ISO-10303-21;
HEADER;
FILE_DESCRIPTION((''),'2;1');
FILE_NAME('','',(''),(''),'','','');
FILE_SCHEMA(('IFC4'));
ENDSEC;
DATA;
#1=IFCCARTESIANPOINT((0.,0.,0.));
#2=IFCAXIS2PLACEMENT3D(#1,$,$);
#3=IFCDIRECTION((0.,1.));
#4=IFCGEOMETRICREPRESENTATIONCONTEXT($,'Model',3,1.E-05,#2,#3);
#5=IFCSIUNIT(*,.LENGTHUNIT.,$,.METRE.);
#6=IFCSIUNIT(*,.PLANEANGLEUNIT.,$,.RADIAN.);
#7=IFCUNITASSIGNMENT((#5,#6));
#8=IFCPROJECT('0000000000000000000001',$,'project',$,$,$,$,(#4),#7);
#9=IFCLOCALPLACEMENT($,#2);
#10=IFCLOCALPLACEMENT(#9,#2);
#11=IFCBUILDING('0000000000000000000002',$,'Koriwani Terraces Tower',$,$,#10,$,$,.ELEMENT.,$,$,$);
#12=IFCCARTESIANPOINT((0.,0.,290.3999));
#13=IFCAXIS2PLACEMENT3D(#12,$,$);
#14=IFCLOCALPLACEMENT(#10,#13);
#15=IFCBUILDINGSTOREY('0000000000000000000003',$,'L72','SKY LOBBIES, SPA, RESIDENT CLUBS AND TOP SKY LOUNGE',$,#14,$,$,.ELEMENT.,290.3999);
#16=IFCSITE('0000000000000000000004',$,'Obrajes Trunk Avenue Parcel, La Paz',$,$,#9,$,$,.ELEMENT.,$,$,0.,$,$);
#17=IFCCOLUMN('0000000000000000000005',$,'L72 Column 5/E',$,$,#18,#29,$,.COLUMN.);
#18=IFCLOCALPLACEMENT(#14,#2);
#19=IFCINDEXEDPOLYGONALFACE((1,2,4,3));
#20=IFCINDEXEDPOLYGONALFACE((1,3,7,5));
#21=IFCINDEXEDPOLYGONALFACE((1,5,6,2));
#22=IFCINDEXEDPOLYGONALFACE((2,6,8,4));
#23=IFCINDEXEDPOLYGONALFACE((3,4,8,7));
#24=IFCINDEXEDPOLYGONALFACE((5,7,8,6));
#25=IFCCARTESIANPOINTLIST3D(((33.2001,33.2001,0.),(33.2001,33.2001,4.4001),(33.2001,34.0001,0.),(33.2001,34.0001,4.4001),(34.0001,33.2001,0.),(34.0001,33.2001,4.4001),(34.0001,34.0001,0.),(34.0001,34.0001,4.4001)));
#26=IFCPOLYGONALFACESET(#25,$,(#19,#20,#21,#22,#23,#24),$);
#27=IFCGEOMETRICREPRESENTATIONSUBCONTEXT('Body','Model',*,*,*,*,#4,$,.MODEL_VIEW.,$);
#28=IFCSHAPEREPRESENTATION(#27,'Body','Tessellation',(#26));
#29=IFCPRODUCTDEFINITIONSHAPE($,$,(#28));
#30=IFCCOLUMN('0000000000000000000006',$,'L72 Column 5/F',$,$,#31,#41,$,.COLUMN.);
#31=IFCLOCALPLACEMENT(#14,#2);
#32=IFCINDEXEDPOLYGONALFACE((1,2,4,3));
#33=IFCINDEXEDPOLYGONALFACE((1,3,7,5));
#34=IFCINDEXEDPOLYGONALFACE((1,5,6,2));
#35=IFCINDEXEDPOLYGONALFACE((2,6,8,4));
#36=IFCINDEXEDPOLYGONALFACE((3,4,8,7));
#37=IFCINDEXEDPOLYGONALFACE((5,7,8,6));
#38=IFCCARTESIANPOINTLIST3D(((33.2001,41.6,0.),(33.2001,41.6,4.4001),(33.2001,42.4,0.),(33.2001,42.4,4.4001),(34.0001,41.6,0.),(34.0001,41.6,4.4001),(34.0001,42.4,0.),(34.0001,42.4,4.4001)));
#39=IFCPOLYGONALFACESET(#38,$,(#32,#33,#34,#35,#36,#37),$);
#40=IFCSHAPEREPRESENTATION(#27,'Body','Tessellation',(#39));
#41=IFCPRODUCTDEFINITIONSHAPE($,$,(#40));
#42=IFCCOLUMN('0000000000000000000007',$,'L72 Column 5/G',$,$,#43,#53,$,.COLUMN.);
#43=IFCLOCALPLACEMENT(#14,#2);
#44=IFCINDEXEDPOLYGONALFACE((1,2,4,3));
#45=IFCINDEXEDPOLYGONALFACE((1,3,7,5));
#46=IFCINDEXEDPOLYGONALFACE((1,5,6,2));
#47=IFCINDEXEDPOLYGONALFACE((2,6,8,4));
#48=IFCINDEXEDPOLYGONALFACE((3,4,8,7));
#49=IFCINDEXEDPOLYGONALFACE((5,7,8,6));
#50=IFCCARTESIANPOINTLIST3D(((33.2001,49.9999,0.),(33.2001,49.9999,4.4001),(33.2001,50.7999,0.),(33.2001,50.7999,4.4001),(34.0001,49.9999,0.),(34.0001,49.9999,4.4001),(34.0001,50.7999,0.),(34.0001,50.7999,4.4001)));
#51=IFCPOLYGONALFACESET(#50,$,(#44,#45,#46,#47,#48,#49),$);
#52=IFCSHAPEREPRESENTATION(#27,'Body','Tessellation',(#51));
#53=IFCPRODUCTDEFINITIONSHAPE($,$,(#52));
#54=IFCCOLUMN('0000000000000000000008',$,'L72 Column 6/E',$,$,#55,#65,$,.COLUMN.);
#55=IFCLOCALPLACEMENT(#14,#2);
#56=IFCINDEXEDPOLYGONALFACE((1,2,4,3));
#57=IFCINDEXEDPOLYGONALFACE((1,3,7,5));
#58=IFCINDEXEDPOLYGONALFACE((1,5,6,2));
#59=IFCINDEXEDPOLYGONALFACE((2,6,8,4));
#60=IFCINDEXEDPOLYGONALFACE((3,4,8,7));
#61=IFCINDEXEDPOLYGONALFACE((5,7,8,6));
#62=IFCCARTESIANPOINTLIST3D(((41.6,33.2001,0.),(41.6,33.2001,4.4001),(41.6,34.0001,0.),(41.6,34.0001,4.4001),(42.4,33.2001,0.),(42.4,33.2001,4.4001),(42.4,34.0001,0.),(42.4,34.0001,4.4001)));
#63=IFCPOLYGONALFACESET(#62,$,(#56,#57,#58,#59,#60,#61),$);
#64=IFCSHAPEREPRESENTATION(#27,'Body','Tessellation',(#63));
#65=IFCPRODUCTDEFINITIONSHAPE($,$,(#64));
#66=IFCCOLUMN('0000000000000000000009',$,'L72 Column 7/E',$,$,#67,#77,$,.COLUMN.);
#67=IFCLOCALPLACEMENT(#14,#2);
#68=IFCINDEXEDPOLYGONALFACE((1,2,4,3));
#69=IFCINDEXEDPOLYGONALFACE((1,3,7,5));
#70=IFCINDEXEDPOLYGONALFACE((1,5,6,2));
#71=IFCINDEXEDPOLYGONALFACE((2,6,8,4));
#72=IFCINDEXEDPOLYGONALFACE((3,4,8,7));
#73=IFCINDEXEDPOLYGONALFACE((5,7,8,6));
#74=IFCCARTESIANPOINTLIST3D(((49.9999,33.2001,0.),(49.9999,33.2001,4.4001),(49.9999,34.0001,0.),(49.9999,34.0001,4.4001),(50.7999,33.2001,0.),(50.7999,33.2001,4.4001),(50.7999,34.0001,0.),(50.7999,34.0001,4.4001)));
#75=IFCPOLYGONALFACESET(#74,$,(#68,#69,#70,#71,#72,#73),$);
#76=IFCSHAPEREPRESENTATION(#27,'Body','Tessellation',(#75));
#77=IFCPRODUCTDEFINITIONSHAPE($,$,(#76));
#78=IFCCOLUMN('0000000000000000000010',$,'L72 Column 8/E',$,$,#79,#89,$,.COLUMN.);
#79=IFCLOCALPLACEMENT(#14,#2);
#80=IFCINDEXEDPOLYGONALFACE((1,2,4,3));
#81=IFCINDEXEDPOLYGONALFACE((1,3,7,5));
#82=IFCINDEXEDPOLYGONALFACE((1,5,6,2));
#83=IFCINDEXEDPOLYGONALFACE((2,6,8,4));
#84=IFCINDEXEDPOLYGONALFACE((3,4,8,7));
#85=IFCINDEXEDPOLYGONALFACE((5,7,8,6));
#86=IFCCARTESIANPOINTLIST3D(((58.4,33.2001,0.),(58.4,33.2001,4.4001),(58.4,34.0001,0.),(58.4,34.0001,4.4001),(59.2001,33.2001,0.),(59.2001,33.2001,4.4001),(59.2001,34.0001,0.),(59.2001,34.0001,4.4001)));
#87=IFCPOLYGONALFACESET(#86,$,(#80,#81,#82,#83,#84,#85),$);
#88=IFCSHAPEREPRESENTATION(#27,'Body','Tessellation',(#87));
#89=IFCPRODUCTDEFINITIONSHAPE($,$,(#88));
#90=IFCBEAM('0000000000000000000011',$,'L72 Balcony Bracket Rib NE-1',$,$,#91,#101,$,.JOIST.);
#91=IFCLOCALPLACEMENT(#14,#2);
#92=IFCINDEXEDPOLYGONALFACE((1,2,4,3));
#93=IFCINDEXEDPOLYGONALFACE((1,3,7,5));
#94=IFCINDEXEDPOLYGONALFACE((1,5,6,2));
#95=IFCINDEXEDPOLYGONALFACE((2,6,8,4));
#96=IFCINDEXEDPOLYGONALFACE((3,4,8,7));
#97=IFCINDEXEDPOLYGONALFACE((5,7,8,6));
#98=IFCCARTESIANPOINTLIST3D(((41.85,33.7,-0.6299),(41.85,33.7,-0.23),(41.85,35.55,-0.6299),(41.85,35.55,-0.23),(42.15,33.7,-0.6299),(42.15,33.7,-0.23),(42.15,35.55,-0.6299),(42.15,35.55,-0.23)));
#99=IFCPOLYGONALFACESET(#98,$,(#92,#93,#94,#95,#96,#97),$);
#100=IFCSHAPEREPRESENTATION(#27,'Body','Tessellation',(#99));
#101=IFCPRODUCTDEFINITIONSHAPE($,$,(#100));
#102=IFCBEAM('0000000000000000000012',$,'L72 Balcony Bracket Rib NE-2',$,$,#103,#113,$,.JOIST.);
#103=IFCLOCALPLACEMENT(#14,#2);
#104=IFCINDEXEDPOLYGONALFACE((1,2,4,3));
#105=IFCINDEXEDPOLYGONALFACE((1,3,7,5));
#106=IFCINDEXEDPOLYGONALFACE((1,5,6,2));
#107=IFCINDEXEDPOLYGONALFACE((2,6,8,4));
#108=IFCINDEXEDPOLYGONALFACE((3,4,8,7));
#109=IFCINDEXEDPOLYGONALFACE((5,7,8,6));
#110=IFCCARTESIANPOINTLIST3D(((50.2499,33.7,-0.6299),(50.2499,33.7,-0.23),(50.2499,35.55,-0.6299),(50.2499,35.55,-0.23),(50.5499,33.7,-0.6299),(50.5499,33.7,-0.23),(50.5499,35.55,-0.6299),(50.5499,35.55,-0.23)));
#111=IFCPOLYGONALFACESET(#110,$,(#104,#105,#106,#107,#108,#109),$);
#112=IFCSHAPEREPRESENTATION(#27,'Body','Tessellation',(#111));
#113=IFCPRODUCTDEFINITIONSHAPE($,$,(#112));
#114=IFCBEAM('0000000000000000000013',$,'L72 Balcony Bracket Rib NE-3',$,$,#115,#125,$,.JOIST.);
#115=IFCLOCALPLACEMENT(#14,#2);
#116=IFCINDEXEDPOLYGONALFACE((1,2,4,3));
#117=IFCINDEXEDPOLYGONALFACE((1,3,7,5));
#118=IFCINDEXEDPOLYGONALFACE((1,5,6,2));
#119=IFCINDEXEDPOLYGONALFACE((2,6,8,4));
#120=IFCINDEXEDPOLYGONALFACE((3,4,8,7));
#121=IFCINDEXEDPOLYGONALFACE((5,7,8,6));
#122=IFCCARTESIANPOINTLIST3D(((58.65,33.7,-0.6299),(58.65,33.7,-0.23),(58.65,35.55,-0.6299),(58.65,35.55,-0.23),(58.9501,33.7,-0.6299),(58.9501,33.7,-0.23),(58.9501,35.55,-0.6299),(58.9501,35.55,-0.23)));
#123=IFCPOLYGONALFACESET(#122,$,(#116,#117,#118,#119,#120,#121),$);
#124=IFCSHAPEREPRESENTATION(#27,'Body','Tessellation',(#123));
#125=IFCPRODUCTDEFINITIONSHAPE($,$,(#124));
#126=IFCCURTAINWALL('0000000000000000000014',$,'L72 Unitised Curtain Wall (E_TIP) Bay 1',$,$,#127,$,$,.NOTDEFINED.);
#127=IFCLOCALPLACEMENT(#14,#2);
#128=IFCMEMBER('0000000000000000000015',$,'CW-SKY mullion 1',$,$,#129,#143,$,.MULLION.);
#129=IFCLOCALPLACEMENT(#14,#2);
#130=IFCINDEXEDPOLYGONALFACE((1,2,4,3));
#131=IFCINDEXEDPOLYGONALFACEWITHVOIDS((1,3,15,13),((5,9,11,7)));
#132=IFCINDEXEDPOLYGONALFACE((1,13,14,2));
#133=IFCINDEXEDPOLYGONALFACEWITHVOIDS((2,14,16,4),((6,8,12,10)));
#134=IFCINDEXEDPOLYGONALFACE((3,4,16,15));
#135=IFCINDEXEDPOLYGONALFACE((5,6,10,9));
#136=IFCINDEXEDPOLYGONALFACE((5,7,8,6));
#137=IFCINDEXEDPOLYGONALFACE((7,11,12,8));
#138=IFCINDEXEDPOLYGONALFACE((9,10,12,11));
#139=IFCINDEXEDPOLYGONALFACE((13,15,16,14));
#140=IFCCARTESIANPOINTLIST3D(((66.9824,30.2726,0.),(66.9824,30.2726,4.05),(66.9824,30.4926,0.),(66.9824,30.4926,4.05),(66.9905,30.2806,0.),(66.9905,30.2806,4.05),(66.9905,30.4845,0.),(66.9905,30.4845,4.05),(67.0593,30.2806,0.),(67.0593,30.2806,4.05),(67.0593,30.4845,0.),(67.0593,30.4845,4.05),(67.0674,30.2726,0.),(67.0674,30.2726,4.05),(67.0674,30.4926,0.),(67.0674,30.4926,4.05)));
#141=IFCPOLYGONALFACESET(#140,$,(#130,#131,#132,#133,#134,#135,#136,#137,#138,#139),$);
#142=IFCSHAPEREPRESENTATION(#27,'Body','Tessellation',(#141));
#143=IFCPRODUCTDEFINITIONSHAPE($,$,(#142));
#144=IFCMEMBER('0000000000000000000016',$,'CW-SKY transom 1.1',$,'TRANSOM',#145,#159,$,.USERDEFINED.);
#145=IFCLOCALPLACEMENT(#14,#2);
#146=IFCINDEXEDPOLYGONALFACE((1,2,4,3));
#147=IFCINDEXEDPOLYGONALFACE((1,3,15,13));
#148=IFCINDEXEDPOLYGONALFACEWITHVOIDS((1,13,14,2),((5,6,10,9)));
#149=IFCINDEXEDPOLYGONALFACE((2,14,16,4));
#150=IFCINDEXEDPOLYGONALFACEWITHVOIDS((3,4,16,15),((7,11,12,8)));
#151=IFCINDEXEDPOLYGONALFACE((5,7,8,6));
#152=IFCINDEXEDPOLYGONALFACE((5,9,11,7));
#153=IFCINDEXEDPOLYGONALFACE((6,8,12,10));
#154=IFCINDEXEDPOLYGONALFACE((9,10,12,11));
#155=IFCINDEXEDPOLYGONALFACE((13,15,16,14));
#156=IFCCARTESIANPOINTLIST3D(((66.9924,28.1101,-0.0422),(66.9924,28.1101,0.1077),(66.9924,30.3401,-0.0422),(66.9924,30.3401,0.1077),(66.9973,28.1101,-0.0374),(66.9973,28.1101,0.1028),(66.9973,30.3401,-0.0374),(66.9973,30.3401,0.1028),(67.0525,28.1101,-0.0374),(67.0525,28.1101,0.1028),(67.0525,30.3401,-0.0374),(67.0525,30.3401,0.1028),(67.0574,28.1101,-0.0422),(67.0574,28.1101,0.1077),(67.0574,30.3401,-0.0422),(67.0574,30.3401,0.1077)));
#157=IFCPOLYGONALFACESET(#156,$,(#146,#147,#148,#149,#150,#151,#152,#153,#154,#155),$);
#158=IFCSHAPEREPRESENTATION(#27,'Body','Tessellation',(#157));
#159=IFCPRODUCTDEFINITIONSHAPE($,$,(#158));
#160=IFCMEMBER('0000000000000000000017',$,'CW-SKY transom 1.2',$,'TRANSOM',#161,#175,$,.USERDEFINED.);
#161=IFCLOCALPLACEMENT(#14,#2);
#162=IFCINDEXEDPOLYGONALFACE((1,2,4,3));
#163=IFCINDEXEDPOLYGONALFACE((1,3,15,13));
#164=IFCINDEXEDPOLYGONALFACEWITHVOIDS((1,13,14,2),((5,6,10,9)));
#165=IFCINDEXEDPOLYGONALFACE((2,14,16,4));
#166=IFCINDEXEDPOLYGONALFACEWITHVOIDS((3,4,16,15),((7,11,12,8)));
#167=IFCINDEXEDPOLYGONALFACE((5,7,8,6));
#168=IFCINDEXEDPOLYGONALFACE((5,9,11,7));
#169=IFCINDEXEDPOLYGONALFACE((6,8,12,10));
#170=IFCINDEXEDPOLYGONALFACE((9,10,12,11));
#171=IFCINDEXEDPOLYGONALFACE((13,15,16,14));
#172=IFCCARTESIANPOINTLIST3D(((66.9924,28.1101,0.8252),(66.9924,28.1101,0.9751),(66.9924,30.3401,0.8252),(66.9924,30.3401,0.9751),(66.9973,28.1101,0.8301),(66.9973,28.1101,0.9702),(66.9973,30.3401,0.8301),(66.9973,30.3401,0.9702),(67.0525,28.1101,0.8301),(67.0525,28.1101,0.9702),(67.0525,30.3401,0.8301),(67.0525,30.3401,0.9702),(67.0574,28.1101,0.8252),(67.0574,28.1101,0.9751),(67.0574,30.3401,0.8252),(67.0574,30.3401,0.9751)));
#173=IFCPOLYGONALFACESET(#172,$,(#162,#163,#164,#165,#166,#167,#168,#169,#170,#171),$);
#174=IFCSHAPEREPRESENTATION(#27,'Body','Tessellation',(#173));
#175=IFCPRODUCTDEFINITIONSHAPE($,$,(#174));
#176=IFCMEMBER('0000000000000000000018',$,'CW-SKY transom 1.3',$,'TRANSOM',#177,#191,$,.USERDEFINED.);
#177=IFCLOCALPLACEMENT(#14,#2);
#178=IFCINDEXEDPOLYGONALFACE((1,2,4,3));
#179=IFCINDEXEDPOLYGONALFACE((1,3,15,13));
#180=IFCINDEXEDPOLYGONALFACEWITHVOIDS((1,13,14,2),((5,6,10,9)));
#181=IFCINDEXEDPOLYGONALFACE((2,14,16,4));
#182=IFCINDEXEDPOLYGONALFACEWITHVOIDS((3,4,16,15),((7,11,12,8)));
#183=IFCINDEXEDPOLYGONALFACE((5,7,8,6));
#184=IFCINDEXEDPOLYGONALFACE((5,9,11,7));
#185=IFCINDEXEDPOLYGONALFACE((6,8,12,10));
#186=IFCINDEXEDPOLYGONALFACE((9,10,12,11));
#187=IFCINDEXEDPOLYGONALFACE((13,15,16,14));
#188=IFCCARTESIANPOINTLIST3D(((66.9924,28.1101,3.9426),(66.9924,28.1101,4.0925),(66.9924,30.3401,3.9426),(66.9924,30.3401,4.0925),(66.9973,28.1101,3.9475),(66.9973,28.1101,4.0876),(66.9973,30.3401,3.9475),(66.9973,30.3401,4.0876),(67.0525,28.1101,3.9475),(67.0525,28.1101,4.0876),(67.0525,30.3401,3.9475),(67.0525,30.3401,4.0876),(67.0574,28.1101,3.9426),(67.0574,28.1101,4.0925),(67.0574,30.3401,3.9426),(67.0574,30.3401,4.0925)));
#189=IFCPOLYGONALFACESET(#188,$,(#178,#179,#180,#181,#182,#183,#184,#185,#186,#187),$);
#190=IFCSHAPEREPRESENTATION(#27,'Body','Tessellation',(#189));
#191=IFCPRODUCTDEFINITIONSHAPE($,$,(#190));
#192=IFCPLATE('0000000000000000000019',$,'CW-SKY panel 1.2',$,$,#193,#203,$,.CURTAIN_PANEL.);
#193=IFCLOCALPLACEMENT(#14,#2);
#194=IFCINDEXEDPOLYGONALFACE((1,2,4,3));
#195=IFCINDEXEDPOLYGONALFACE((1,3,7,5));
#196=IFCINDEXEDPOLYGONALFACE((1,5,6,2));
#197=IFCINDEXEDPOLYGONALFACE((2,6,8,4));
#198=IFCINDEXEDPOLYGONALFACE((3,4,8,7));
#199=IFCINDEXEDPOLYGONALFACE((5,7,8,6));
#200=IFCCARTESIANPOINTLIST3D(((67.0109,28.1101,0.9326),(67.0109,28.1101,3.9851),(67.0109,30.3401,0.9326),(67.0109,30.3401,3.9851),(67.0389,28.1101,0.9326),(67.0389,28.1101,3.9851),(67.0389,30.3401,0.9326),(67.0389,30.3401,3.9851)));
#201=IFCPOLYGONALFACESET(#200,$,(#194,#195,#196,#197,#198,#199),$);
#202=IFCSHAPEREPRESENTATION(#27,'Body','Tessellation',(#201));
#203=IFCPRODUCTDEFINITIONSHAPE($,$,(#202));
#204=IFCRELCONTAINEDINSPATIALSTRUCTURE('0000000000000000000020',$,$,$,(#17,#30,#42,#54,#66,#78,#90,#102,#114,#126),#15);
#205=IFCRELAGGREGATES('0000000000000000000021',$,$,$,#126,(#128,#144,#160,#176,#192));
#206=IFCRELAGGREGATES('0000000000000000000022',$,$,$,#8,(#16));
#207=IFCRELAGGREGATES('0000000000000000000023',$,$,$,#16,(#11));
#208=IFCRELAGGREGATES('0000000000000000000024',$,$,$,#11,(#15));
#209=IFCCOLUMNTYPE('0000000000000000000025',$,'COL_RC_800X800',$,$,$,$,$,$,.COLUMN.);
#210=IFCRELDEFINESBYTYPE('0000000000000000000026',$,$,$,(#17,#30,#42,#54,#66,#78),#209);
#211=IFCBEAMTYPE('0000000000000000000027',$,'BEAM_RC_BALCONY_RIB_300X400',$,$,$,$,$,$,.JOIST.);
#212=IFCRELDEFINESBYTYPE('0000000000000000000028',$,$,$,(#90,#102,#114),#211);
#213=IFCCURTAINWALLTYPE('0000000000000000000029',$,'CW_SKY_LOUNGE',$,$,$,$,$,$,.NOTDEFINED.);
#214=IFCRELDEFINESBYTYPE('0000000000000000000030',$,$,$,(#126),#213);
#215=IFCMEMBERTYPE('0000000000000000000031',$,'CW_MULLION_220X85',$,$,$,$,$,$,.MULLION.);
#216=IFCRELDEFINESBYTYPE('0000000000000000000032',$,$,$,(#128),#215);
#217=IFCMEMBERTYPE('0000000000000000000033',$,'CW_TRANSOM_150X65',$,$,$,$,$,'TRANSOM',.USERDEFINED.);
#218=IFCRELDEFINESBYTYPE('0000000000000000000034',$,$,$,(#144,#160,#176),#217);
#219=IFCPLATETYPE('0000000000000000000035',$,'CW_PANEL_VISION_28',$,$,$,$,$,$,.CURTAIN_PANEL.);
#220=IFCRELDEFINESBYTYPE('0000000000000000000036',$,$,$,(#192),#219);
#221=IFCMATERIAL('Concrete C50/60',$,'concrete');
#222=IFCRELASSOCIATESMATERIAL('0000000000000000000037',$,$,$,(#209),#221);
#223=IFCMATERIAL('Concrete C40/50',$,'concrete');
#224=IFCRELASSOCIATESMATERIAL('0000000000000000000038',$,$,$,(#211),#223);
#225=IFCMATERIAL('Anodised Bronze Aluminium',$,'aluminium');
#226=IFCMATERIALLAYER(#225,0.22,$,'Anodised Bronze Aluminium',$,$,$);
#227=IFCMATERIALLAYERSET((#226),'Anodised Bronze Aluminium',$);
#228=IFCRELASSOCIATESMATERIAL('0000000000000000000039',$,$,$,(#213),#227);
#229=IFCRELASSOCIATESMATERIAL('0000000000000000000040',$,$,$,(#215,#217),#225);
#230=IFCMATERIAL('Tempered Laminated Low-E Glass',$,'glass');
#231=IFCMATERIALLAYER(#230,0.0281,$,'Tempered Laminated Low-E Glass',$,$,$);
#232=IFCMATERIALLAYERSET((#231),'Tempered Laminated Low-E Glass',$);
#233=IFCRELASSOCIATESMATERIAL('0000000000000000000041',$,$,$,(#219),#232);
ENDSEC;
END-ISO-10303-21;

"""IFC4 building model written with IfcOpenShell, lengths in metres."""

from ifc_helpers import new_model, si_unit, direction, frame, origin, origin_2d, place, context, subcontext, project, spatial, rectangle, hollow_rectangle, extrude, material, layer, layer_set, material_profile, profile_set, type_object, element, aggregate, save


model = new_model("IFC4")

# Units and contexts
model_context = context("Model", 3, precision=1e-05, world=origin(), true_north=direction((0.0, 1.0)))
body_context = subcontext(model_context, "Body", "Model", "MODEL_VIEW")
ifc_project = project(units=[si_unit("LENGTHUNIT", "METRE"), si_unit("PLANEANGLEUNIT", "RADIAN")], contexts=[model_context])

# Site, building, storey
site_placement = place(None, origin())
site = spatial("IfcSite", under=ifc_project, at=site_placement, Name="Obrajes Trunk Avenue Parcel, La Paz", CompositionType="ELEMENT", RefElevation=0.0)
building_placement = place(site_placement, origin())
building = spatial("IfcBuilding", under=site, at=building_placement, Name="Koriwani Terraces Tower", CompositionType="ELEMENT")
storey_placement = place(building_placement, frame((0.0, 0.0, 290.3999)))
storey = spatial("IfcBuildingStorey", under=building, at=storey_placement, Name="L72", Description="SKY LOBBIES, SPA, RESIDENT CLUBS AND TOP SKY LOUNGE", CompositionType="ELEMENT", Elevation=290.3999)

# Columns
ifc_material_1 = material(Name="Concrete C50/60", Category="concrete")
ifc_material_profile_1 = material_profile(ifc_material_1, rectangle(XDim=0.8, YDim=0.8, at=origin_2d()), Name="Concrete C50/60", Category="LoadBearing")
ifc_profile_set_1 = profile_set([ifc_material_profile_1], Name="Concrete C50/60")
column_type = type_object("IfcColumnType", Name="COL_RC_800X800", PredefinedType="COLUMN", material=ifc_profile_set_1)
for number, where, z_axis, x_axis, name in (
    (1, (33.6001, 33.6001, 0.0), (0.0, 0.0, 1.0), (1.0, 0.0, 0.0), "L72 Column 5/E"),
    (2, (33.6001, 42.0, 0.0), (0.0, 0.0, 1.0), (1.0, 0.0, 0.0), "L72 Column 5/F"),
    (3, (33.6001, 50.3999, 0.0), (0.0, 0.0, 1.0), (1.0, 0.0, 0.0), "L72 Column 5/G"),
    (4, (42.0, 33.6001, 0.0), (0.0, 0.0, 1.0), (1.0, 0.0, 0.0), "L72 Column 6/E"),
    (5, (50.3999, 33.6001, 0.0), (0.0, 0.0, 1.0), (1.0, 0.0, 0.0), "L72 Column 7/E"),
    (6, (58.8, 33.6001, 0.0), (0.0, 0.0, 1.0), (1.0, 0.0, 0.0), "L72 Column 8/E"),
):
    element("IfcColumn", number, at=place(storey_placement, frame(where, z_axis=z_axis, x_axis=x_axis)), inside=storey, type_object=column_type, Name=name, PredefinedType="COLUMN", context=body_context, shape_type="SweptSolid", body=[
        extrude(rectangle(XDim=0.8, YDim=0.8, at=origin_2d()), origin(), (0.0, 0.0, 1.0), 4.4001),
    ])

# Beams
ifc_material_2 = material(Name="Concrete C40/50", Category="concrete")
ifc_material_profile_2 = material_profile(ifc_material_2, rectangle(XDim=0.3, YDim=0.3999, at=origin_2d()), Name="Concrete C40/50", Category="LoadBearing")
ifc_profile_set_2 = profile_set([ifc_material_profile_2], Name="Concrete C40/50")
beam_type = type_object("IfcBeamType", Name="BEAM_RC_BALCONY_RIB_300X400", PredefinedType="JOIST", material=ifc_profile_set_2)
for number, where, z_axis, x_axis, name in (
    (7, (42.0, 33.7, -0.4299), (0.0, 1.0, 0.0), (-1.0, 0.0, 0.0), "L72 Balcony Bracket Rib NE-1"),
    (8, (50.3999, 33.7, -0.4299), (0.0, 1.0, 0.0), (-1.0, 0.0, 0.0), "L72 Balcony Bracket Rib NE-2"),
    (9, (58.8, 33.7, -0.4299), (0.0, 1.0, 0.0), (-1.0, 0.0, 0.0), "L72 Balcony Bracket Rib NE-3"),
):
    element("IfcBeam", number, at=place(storey_placement, frame(where, z_axis=z_axis, x_axis=x_axis)), inside=storey, type_object=beam_type, Name=name, PredefinedType="JOIST", context=body_context, shape_type="SweptSolid", body=[
        extrude(rectangle(XDim=0.3, YDim=0.3999, at=origin_2d()), origin(), (0.0, 0.0, 1.0), 1.8501),
    ])

# Curtain wall, members, plate
ifc_material_3 = material(Name="Anodised Bronze Aluminium", Category="aluminium")
ifc_layer_1 = layer(ifc_material_3, 0.22, Name="Anodised Bronze Aluminium")
ifc_layer_set_1 = layer_set([ifc_layer_1], Name="Anodised Bronze Aluminium")
curtain_wall_type = type_object("IfcCurtainWallType", Name="CW_SKY_LOUNGE", PredefinedType="NOTDEFINED", material=ifc_layer_set_1)
curtain_wall_placement = place(storey_placement, origin())
curtain_wall = element("IfcCurtainWall", 10, at=curtain_wall_placement, inside=storey, type_object=curtain_wall_type, Name="L72 Unitised Curtain Wall (E_TIP) Bay 1", PredefinedType="NOTDEFINED")
ifc_material_profile_3 = material_profile(ifc_material_3, hollow_rectangle(XDim=0.085, YDim=0.22, WallThickness=0.0081, at=origin_2d()), Name="Anodised Bronze Aluminium", Category="LoadBearing")
ifc_profile_set_3 = profile_set([ifc_material_profile_3], Name="Anodised Bronze Aluminium")
member_type_1 = type_object("IfcMemberType", Name="CW_MULLION_220X85", PredefinedType="MULLION", material=ifc_profile_set_3)
member_1_placement = place(storey_placement, frame((67.0249, 30.3826, 0.0), z_axis=(0.0, 0.0, 1.0), x_axis=(1.0, 0.0, 0.0)))
member_1 = element("IfcMember", 11, at=member_1_placement, type_object=member_type_1, Name="CW-SKY mullion 1", PredefinedType="MULLION", context=body_context, shape_type="SweptSolid", body=[
    extrude(hollow_rectangle(XDim=0.085, YDim=0.22, WallThickness=0.0081, at=origin_2d()), origin(), (0.0, 0.0, 1.0), 4.05),
])
ifc_material_profile_4 = material_profile(ifc_material_3, hollow_rectangle(XDim=0.0649, YDim=0.1499, WallThickness=0.0049, at=origin_2d()), Name="Anodised Bronze Aluminium", Category="LoadBearing")
ifc_profile_set_4 = profile_set([ifc_material_profile_4], Name="Anodised Bronze Aluminium")
member_type_2 = type_object("IfcMemberType", Name="CW_TRANSOM_150X65", ElementType="TRANSOM", PredefinedType="USERDEFINED", material=ifc_profile_set_4)
member_2_placement = place(storey_placement, frame((67.0249, 30.3401, 0.0327), z_axis=(0.0, -1.0, 0.0), x_axis=(1.0, 0.0, 0.0)))
member_2 = element("IfcMember", 12, at=member_2_placement, type_object=member_type_2, Name="CW-SKY transom 1.1", ObjectType="TRANSOM", PredefinedType="USERDEFINED", context=body_context, shape_type="SweptSolid", body=[
    extrude(hollow_rectangle(XDim=0.0649, YDim=0.1499, WallThickness=0.0049, at=origin_2d()), origin(), (0.0, 0.0, 1.0), 2.23),
])
member_3_placement = place(storey_placement, frame((67.0249, 30.3401, 0.9001), z_axis=(0.0, -1.0, 0.0), x_axis=(1.0, 0.0, 0.0)))
member_3 = element("IfcMember", 13, at=member_3_placement, type_object=member_type_2, Name="CW-SKY transom 1.2", ObjectType="TRANSOM", PredefinedType="USERDEFINED", context=body_context, shape_type="SweptSolid", body=[
    extrude(hollow_rectangle(XDim=0.0649, YDim=0.1499, WallThickness=0.0049, at=origin_2d()), origin(), (0.0, 0.0, 1.0), 2.23),
])
member_4_placement = place(storey_placement, frame((67.0249, 30.3401, 4.0176), z_axis=(0.0, -1.0, 0.0), x_axis=(1.0, 0.0, 0.0)))
member_4 = element("IfcMember", 14, at=member_4_placement, type_object=member_type_2, Name="CW-SKY transom 1.3", ObjectType="TRANSOM", PredefinedType="USERDEFINED", context=body_context, shape_type="SweptSolid", body=[
    extrude(hollow_rectangle(XDim=0.0649, YDim=0.1499, WallThickness=0.0049, at=origin_2d()), origin(), (0.0, 0.0, 1.0), 2.23),
])
ifc_material_4 = material(Name="Tempered Laminated Low-E Glass", Category="glass")
ifc_layer_2 = layer(ifc_material_4, 0.0281, Name="Tempered Laminated Low-E Glass")
ifc_layer_set_2 = layer_set([ifc_layer_2], Name="Tempered Laminated Low-E Glass")
plate_type = type_object("IfcPlateType", Name="CW_PANEL_VISION_28", PredefinedType="CURTAIN_PANEL", material=ifc_layer_set_2)
plate_placement = place(storey_placement, frame((67.0249, 29.2251, 0.9326), z_axis=(0.0, 0.0, 1.0), x_axis=(0.0, -1.0, 0.0)))
plate = element("IfcPlate", 15, at=plate_placement, type_object=plate_type, Name="CW-SKY panel 1.2", PredefinedType="CURTAIN_PANEL", context=body_context, shape_type="SweptSolid", body=[
    extrude(rectangle(XDim=2.23, YDim=0.0281, at=origin_2d()), origin(), (0.0, 0.0, 1.0), 3.0525),
])
aggregate(curtain_wall, [member_1, member_2, member_3, member_4, plate])

save(model, "model.ifc")
